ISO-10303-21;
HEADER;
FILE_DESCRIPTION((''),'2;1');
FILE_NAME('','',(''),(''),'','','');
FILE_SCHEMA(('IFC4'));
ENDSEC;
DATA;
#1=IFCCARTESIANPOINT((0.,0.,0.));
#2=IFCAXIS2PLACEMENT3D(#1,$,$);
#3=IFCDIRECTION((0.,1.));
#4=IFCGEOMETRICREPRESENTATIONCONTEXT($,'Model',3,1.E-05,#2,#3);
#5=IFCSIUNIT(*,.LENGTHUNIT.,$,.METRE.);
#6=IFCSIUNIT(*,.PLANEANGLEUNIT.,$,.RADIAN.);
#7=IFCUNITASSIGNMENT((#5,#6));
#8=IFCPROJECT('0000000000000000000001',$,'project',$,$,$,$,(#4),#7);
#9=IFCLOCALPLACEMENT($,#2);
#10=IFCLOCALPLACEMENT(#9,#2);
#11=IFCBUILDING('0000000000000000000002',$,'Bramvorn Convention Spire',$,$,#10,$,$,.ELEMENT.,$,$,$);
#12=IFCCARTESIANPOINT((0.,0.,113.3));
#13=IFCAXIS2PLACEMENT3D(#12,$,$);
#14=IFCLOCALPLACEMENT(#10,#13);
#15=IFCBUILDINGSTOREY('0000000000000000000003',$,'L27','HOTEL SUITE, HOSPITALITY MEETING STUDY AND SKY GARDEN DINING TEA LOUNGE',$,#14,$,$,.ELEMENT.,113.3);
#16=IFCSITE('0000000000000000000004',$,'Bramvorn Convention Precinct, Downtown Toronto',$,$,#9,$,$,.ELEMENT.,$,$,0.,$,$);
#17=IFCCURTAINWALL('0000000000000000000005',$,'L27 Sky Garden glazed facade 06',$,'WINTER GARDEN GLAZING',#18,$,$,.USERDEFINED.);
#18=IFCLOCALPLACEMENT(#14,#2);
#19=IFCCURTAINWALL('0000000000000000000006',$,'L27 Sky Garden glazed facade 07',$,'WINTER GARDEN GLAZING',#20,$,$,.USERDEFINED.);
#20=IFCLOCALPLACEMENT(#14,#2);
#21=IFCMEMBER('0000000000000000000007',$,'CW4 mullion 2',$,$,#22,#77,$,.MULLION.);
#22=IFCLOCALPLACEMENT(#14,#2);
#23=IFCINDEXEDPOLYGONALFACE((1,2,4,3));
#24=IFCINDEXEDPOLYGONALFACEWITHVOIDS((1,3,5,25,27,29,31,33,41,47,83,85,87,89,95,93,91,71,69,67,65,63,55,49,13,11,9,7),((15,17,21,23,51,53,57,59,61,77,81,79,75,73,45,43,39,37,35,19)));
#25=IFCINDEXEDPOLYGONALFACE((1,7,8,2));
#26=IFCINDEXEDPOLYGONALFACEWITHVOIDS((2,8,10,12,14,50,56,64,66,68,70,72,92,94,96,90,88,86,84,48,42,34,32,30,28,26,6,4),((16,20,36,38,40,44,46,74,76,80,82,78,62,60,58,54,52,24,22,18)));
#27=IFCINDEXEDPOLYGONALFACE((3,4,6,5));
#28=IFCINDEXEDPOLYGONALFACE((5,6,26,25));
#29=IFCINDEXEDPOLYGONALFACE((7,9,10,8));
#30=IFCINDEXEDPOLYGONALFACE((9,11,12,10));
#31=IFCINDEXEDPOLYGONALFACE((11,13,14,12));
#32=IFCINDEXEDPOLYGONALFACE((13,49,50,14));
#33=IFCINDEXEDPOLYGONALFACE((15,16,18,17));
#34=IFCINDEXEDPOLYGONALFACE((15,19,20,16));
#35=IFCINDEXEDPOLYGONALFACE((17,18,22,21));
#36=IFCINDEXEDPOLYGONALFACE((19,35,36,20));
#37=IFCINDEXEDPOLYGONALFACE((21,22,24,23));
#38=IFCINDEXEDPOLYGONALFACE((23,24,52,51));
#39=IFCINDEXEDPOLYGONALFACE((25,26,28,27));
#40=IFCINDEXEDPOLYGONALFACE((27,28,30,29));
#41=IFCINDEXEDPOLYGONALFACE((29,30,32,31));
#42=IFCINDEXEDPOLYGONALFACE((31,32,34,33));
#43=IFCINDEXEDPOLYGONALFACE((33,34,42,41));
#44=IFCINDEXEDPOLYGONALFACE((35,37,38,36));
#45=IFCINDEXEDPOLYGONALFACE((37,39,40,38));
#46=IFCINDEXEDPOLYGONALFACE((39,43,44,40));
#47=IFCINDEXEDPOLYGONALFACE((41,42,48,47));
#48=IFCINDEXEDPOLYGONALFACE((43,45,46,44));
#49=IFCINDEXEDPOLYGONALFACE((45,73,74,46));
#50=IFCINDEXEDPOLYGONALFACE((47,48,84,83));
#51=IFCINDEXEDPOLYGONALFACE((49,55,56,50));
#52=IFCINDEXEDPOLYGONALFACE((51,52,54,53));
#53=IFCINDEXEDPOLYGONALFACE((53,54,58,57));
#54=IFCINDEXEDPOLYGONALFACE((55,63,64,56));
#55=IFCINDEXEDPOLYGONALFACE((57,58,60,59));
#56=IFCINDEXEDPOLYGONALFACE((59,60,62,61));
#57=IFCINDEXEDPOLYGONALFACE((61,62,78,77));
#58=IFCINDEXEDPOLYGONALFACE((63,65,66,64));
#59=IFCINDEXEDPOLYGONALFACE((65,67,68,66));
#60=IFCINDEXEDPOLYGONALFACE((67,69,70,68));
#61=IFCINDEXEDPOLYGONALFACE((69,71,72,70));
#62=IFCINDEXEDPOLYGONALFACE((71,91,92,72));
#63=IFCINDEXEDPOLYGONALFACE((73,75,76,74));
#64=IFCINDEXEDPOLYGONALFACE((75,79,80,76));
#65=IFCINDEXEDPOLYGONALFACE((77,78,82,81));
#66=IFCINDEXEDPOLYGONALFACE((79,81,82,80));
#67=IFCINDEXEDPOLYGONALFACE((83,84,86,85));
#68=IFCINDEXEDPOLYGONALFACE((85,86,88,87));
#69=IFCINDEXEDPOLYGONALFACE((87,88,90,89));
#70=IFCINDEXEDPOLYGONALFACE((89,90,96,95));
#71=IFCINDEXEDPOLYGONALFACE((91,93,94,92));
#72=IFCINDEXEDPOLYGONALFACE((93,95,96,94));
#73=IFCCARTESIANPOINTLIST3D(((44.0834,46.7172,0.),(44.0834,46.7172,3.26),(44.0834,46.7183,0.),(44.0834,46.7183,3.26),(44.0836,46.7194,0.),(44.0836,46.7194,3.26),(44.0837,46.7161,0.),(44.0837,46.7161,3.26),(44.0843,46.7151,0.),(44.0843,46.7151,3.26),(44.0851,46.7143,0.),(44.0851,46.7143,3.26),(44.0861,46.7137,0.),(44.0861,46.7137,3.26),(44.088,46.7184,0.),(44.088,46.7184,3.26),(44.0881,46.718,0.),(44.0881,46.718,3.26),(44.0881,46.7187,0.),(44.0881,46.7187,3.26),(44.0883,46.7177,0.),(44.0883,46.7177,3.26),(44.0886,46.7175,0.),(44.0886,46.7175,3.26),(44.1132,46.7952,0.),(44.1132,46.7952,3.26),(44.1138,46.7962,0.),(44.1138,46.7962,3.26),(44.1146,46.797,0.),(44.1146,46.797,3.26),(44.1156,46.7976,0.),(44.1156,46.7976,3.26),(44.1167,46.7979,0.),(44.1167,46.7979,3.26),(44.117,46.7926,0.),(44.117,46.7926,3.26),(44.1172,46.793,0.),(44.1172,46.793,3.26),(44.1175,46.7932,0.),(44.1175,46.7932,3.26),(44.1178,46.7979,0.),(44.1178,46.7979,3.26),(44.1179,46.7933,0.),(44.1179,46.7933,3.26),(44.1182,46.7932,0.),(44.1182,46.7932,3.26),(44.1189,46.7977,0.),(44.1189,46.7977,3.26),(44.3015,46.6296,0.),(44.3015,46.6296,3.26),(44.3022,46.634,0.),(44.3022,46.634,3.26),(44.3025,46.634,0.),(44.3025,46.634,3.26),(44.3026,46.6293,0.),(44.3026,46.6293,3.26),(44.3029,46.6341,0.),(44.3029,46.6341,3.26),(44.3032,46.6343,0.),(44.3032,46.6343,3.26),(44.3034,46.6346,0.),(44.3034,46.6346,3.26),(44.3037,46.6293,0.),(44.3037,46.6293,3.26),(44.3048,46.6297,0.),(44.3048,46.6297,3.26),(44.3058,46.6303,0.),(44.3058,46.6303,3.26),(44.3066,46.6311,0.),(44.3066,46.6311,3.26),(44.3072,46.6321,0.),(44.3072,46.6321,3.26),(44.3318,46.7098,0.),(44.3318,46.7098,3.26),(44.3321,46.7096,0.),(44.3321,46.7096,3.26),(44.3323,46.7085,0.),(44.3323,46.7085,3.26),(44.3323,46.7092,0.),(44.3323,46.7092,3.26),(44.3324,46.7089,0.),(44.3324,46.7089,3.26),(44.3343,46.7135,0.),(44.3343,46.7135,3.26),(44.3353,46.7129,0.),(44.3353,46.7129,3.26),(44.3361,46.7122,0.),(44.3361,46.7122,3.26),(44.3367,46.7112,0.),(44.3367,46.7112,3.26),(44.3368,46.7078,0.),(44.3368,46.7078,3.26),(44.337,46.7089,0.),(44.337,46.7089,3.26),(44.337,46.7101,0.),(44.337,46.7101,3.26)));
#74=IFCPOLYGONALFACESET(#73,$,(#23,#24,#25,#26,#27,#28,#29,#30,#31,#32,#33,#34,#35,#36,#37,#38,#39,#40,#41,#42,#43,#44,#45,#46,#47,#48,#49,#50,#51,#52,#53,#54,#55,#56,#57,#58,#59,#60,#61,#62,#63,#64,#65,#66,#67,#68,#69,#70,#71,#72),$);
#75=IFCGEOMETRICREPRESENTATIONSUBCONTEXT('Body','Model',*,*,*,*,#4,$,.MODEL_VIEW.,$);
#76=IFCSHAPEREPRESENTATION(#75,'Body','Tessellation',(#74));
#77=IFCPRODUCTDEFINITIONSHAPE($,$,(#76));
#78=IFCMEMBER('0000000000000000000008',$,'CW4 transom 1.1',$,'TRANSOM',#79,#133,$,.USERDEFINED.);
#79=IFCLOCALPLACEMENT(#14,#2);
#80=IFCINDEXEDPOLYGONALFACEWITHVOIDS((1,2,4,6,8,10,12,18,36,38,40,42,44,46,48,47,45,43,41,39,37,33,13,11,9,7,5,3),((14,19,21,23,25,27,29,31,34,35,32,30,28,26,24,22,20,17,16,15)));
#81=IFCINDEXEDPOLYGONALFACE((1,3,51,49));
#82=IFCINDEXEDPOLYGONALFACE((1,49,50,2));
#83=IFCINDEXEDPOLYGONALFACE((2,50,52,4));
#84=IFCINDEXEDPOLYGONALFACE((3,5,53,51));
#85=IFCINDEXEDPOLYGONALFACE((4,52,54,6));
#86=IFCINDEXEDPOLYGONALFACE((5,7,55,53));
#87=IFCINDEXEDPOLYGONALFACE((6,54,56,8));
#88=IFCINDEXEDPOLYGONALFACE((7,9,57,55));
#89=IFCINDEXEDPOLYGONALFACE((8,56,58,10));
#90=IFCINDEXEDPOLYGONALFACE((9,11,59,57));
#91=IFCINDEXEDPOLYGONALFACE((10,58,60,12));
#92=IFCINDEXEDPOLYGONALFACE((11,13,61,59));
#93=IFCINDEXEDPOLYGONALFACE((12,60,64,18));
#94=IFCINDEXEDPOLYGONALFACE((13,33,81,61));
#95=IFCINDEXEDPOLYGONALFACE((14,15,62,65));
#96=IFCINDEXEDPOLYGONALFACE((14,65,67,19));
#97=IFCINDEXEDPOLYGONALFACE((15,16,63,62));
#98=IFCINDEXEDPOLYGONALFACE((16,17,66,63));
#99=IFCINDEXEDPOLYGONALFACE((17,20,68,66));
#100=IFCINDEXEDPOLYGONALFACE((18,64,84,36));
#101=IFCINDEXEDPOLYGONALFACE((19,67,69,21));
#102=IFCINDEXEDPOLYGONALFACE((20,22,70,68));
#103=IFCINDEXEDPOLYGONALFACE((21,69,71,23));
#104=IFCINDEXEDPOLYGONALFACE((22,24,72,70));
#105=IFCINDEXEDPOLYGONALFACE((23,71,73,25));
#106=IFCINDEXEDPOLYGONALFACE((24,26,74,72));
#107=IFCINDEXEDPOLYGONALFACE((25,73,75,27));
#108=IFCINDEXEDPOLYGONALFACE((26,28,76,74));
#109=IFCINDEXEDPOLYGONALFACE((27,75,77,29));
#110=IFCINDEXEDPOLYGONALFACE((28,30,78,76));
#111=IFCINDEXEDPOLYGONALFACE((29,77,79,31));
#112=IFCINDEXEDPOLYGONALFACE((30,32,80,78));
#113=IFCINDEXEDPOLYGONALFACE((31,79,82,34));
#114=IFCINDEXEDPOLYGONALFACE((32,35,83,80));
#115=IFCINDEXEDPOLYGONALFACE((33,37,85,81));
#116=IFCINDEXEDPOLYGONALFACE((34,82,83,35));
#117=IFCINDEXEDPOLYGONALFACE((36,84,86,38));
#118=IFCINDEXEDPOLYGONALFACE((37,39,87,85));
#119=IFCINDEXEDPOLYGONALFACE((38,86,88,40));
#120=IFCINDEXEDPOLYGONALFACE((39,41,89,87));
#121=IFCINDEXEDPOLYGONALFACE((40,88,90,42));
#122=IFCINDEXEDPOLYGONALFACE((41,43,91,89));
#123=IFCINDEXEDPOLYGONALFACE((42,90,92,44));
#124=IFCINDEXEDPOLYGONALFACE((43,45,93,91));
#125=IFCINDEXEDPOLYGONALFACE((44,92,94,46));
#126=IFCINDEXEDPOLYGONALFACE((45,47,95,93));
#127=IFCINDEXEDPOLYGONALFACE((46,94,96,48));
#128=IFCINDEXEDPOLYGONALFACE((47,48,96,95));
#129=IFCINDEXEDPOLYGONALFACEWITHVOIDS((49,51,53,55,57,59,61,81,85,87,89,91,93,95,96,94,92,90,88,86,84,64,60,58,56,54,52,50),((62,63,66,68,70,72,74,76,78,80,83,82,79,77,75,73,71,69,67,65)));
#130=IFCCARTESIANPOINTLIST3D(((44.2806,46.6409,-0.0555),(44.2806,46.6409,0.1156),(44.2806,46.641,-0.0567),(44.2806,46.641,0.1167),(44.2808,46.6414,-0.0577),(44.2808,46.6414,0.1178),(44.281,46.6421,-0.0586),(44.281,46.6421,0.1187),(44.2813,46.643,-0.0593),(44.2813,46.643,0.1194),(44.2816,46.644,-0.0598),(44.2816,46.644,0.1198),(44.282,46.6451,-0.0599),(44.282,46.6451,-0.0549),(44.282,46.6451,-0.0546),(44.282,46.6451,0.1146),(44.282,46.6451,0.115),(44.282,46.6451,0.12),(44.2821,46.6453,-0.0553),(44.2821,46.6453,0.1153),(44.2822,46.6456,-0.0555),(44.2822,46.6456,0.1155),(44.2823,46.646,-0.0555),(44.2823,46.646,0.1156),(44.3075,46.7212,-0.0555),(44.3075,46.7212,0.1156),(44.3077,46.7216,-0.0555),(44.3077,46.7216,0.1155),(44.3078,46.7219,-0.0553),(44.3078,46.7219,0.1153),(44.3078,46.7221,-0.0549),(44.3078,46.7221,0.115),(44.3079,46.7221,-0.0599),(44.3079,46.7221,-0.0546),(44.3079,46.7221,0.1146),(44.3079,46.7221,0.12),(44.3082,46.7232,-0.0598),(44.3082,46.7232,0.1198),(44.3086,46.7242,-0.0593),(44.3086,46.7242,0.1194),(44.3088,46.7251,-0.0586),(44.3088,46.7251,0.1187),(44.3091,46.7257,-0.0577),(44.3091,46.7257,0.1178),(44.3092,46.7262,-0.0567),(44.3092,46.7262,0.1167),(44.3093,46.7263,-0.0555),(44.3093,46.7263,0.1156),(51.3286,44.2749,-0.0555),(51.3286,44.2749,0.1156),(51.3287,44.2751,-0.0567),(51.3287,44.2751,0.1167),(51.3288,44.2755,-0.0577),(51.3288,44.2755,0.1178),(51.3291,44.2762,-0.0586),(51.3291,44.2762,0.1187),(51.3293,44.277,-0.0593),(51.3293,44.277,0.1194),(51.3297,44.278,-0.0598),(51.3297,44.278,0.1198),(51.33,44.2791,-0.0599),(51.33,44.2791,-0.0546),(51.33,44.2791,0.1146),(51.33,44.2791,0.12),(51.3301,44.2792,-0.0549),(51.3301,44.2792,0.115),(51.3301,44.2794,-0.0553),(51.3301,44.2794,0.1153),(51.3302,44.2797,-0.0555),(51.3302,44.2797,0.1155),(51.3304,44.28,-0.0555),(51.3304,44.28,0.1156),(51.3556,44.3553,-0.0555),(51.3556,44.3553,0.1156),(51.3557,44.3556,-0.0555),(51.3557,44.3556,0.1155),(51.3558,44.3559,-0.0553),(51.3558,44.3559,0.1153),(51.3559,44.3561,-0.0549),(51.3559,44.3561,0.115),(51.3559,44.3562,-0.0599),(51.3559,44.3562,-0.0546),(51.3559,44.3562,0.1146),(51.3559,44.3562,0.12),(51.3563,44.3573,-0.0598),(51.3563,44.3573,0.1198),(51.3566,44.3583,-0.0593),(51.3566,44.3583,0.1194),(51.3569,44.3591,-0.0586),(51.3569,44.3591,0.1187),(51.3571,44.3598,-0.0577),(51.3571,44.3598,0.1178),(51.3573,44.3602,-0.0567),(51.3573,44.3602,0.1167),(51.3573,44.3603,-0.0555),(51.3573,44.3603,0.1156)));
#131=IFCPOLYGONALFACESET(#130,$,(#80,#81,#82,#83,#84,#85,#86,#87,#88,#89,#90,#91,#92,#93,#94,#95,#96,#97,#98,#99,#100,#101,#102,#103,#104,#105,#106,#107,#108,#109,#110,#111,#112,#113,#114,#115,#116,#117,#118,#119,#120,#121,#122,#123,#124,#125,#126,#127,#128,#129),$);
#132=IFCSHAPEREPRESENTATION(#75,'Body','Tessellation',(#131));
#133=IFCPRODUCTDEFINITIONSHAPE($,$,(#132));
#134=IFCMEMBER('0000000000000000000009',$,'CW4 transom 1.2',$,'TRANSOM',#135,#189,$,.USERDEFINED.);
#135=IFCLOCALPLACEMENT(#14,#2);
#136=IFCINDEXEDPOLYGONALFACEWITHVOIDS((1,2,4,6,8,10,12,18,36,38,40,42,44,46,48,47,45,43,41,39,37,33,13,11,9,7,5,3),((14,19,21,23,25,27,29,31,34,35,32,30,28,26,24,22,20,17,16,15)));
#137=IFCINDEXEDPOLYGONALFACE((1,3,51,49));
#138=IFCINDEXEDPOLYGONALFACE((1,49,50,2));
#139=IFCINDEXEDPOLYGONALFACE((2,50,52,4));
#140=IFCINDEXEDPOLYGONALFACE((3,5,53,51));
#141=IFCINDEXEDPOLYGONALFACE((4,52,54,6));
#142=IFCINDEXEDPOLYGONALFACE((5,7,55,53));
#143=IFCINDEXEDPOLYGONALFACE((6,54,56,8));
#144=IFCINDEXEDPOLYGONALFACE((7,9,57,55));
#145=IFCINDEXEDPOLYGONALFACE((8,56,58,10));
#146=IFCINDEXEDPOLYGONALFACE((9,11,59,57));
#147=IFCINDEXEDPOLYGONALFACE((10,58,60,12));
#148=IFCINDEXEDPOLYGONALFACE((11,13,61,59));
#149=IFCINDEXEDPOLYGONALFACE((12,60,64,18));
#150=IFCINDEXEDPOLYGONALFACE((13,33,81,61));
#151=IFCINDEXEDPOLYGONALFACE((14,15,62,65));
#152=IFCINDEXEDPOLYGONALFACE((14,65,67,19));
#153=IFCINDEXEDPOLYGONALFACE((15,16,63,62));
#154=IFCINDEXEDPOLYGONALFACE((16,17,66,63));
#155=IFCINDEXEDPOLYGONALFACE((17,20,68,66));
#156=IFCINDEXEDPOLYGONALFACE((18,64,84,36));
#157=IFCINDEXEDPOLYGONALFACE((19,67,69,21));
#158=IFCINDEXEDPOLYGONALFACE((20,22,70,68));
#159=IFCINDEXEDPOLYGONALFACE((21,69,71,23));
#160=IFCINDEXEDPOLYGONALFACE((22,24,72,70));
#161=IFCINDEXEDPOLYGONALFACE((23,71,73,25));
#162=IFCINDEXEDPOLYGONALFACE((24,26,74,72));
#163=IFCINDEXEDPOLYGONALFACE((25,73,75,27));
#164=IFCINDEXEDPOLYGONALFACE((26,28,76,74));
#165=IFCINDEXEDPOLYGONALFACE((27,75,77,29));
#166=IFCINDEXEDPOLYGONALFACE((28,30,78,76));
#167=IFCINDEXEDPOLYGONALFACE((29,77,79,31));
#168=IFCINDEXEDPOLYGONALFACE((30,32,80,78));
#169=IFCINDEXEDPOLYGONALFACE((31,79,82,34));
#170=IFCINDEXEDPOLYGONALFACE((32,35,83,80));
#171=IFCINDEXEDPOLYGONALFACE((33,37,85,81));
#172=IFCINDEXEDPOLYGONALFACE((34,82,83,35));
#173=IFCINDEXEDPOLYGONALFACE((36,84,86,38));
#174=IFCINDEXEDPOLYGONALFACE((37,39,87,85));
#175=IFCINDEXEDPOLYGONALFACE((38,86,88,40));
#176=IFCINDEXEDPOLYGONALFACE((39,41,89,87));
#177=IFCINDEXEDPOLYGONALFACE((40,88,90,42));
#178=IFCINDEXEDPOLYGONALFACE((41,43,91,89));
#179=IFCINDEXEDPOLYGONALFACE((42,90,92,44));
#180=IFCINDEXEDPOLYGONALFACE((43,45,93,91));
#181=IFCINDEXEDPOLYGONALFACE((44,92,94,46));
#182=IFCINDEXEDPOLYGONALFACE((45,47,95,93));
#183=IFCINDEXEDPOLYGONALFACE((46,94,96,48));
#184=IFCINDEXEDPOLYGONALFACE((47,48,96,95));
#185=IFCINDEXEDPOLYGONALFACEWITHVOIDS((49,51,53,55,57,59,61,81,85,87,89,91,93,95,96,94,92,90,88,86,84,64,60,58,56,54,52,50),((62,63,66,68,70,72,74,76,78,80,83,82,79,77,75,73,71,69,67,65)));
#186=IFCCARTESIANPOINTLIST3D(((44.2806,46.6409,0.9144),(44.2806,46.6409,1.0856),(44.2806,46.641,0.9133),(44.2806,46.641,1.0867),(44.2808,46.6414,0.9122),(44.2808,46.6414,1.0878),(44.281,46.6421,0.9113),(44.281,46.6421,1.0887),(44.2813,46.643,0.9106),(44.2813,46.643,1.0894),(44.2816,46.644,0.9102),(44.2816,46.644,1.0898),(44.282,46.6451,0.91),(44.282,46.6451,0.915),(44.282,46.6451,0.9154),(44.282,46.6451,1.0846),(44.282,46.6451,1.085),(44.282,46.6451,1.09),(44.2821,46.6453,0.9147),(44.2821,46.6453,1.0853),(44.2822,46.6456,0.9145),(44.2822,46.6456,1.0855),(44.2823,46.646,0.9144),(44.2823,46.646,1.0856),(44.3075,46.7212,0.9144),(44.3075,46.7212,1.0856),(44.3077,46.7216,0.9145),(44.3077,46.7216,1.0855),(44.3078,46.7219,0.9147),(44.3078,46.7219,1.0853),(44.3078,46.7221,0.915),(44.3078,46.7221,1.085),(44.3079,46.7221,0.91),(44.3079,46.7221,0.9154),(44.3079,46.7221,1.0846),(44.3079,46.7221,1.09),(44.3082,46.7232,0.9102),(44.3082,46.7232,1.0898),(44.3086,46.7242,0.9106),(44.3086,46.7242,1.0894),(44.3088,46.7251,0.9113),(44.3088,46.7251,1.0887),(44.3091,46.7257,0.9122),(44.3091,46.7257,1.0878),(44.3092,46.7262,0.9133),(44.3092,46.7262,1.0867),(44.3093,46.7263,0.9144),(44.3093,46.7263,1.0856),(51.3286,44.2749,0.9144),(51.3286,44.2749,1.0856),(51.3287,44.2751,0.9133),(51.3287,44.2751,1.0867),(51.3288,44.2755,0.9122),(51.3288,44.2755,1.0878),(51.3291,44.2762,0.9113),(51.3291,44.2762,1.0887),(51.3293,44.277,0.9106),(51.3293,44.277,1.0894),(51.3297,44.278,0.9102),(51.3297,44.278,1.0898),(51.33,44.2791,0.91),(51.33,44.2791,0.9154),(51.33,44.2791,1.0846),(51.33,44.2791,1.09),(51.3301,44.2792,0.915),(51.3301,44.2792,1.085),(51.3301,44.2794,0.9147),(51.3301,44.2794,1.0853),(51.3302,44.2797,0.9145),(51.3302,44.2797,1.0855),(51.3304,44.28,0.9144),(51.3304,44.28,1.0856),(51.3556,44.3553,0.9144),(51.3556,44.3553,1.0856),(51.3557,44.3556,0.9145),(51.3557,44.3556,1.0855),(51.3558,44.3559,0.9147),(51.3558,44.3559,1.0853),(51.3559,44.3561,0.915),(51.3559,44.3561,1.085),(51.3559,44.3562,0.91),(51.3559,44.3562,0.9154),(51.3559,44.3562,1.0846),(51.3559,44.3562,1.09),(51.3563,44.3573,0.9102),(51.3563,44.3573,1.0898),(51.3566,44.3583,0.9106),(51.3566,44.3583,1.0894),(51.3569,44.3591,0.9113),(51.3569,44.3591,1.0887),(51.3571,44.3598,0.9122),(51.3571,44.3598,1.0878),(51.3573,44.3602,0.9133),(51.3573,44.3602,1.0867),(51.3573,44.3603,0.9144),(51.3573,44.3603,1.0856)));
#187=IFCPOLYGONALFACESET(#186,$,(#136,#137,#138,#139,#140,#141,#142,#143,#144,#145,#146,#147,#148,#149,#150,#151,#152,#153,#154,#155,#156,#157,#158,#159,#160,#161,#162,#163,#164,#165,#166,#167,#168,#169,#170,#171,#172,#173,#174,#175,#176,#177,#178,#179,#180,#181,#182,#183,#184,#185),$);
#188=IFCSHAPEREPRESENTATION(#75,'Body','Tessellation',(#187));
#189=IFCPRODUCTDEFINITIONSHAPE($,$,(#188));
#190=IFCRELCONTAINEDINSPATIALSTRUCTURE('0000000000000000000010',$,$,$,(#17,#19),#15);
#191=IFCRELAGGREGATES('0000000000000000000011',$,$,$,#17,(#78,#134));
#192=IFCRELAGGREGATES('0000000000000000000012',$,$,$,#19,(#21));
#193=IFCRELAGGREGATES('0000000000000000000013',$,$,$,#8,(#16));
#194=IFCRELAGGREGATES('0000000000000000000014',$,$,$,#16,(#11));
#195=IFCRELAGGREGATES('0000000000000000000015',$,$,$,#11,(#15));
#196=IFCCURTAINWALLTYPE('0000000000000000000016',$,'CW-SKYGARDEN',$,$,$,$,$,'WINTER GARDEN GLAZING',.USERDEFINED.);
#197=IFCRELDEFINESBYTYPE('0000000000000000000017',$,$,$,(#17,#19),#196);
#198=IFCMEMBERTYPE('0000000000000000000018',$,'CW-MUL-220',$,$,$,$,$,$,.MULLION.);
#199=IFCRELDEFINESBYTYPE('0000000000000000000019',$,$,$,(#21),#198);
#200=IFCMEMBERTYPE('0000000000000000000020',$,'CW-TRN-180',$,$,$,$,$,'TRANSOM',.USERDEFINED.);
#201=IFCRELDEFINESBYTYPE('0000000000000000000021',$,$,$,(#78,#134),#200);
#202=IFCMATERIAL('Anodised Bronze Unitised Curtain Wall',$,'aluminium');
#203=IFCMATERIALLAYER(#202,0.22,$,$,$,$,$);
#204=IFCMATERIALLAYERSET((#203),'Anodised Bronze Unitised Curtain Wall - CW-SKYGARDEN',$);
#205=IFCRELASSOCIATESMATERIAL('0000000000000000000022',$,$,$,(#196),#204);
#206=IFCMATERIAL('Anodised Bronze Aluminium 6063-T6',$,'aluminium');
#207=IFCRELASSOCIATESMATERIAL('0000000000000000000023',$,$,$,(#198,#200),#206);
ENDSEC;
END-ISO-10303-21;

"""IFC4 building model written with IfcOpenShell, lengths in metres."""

from ifc_helpers import new_model, si_unit, direction, frame, origin, origin_2d, place, context, subcontext, project, spatial, hollow_rectangle, extrude, material, layer, layer_set, material_profile, profile_set, type_object, element, aggregate, save


model = new_model("IFC4")

# Units and contexts
model_context = context("Model", 3, precision=1e-05, world=origin(), true_north=direction((0.0, 1.0)))
body_context = subcontext(model_context, "Body", "Model", "MODEL_VIEW")
ifc_project = project(units=[si_unit("LENGTHUNIT", "METRE"), si_unit("PLANEANGLEUNIT", "RADIAN")], contexts=[model_context])

# Site, building, storey
site_placement = place(None, origin())
site = spatial("IfcSite", under=ifc_project, at=site_placement, Name="Bramvorn Convention Precinct, Downtown Toronto", CompositionType="ELEMENT", RefElevation=0.0)
building_placement = place(site_placement, origin())
building = spatial("IfcBuilding", under=site, at=building_placement, Name="Bramvorn Convention Spire", CompositionType="ELEMENT")
storey_placement = place(building_placement, frame((0.0, 0.0, 113.3)))
storey = spatial("IfcBuildingStorey", under=building, at=storey_placement, Name="L27", Description="HOTEL SUITE, HOSPITALITY MEETING STUDY AND SKY GARDEN DINING TEA LOUNGE", CompositionType="ELEMENT", Elevation=113.3)

# Curtain wall
ifc_material_1 = material(Name="Anodised Bronze Unitised Curtain Wall", Category="aluminium")
ifc_material_2 = material(Name="Anodised Bronze Aluminium 6063-T6", Category="aluminium")
ifc_layer_1 = layer(ifc_material_1, 0.22)
ifc_layer_set_1 = layer_set([ifc_layer_1], Name="Anodised Bronze Unitised Curtain Wall - CW-SKYGARDEN")
curtain_wall_type_1 = type_object("IfcCurtainWallType", Name="CW-SKYGARDEN", ElementType="WINTER GARDEN GLAZING", PredefinedType="USERDEFINED", material=ifc_layer_set_1)
curtain_wall_1_placement = place(storey_placement, origin())
curtain_wall_1 = element("IfcCurtainWall", 1, at=curtain_wall_1_placement, inside=storey, type_object=curtain_wall_type_1, Name="L27 Sky Garden glazed facade 06", ObjectType="WINTER GARDEN GLAZING", PredefinedType="USERDEFINED")
ifc_material_profile_1 = material_profile(ifc_material_2, hollow_rectangle(XDim=0.0901, YDim=0.24, WallThickness=0.0044, InnerFilletRadius=0.001, OuterFilletRadius=0.0044, at=origin_2d()))
ifc_profile_set_1 = profile_set([ifc_material_profile_1], Name="Anodised Bronze Aluminium 6063-T6 - CWM90X240")
member_type_1 = type_object("IfcMemberType", Name="CW-MUL-220", PredefinedType="MULLION", material=ifc_profile_set_1)

# Curtain wall, member
curtain_wall_2_placement = place(storey_placement, origin())
curtain_wall_2 = element("IfcCurtainWall", 2, at=curtain_wall_2_placement, inside=storey, type_object=curtain_wall_type_1, Name="L27 Sky Garden glazed facade 07", ObjectType="WINTER GARDEN GLAZING", PredefinedType="USERDEFINED")
member_1_placement = place(storey_placement, frame((44.2102, 46.7136, 0.0), z_axis=(0.0, 0.0, 1.0), x_axis=(0.363962, 0.931414, 0.0)))
member_1 = element("IfcMember", 3, at=member_1_placement, type_object=member_type_1, Name="CW4 mullion 2", PredefinedType="MULLION", context=body_context, shape_type="SweptSolid", body=[
    extrude(hollow_rectangle(XDim=0.0901, YDim=0.24, WallThickness=0.0044, InnerFilletRadius=0.001, OuterFilletRadius=0.0044, at=origin_2d()), origin(), (0.0, 0.0, 1.0), 3.26),
])

# Members
ifc_material_profile_2 = material_profile(ifc_material_2, hollow_rectangle(XDim=0.0901, YDim=0.1799, WallThickness=0.0044, InnerFilletRadius=0.001, OuterFilletRadius=0.0044, at=origin_2d()))
ifc_profile_set_2 = profile_set([ifc_material_profile_2], Name="Anodised Bronze Aluminium 6063-T6 - CWT90X180")
member_type_2 = type_object("IfcMemberType", Name="CW-TRN-180", ElementType="TRANSOM", PredefinedType="USERDEFINED", material=ifc_profile_set_2)
member_2_placement = place(storey_placement, frame((44.2949, 46.6836, 0.03), z_axis=(0.948011, -0.318237, 0.0), x_axis=(0.318237, 0.948011, 0.0)))
member_2 = element("IfcMember", 4, at=member_2_placement, type_object=member_type_2, Name="CW4 transom 1.1", ObjectType="TRANSOM", PredefinedType="USERDEFINED", context=body_context, shape_type="SweptSolid", body=[
    extrude(hollow_rectangle(XDim=0.0901, YDim=0.1799, WallThickness=0.0044, InnerFilletRadius=0.001, OuterFilletRadius=0.0044, at=origin_2d()), origin(), (0.0, 0.0, 1.0), 7.4346),
])
member_3_placement = place(storey_placement, frame((44.2949, 46.6836, 1.0), z_axis=(0.948011, -0.318237, 0.0), x_axis=(0.318237, 0.948011, 0.0)))
member_3 = element("IfcMember", 5, at=member_3_placement, type_object=member_type_2, Name="CW4 transom 1.2", ObjectType="TRANSOM", PredefinedType="USERDEFINED", context=body_context, shape_type="SweptSolid", body=[
    extrude(hollow_rectangle(XDim=0.0901, YDim=0.1799, WallThickness=0.0044, InnerFilletRadius=0.001, OuterFilletRadius=0.0044, at=origin_2d()), origin(), (0.0, 0.0, 1.0), 7.4346),
])
aggregate(curtain_wall_1, [member_2, member_3])

aggregate(curtain_wall_2, [member_1])

save(model, "model.ifc")
